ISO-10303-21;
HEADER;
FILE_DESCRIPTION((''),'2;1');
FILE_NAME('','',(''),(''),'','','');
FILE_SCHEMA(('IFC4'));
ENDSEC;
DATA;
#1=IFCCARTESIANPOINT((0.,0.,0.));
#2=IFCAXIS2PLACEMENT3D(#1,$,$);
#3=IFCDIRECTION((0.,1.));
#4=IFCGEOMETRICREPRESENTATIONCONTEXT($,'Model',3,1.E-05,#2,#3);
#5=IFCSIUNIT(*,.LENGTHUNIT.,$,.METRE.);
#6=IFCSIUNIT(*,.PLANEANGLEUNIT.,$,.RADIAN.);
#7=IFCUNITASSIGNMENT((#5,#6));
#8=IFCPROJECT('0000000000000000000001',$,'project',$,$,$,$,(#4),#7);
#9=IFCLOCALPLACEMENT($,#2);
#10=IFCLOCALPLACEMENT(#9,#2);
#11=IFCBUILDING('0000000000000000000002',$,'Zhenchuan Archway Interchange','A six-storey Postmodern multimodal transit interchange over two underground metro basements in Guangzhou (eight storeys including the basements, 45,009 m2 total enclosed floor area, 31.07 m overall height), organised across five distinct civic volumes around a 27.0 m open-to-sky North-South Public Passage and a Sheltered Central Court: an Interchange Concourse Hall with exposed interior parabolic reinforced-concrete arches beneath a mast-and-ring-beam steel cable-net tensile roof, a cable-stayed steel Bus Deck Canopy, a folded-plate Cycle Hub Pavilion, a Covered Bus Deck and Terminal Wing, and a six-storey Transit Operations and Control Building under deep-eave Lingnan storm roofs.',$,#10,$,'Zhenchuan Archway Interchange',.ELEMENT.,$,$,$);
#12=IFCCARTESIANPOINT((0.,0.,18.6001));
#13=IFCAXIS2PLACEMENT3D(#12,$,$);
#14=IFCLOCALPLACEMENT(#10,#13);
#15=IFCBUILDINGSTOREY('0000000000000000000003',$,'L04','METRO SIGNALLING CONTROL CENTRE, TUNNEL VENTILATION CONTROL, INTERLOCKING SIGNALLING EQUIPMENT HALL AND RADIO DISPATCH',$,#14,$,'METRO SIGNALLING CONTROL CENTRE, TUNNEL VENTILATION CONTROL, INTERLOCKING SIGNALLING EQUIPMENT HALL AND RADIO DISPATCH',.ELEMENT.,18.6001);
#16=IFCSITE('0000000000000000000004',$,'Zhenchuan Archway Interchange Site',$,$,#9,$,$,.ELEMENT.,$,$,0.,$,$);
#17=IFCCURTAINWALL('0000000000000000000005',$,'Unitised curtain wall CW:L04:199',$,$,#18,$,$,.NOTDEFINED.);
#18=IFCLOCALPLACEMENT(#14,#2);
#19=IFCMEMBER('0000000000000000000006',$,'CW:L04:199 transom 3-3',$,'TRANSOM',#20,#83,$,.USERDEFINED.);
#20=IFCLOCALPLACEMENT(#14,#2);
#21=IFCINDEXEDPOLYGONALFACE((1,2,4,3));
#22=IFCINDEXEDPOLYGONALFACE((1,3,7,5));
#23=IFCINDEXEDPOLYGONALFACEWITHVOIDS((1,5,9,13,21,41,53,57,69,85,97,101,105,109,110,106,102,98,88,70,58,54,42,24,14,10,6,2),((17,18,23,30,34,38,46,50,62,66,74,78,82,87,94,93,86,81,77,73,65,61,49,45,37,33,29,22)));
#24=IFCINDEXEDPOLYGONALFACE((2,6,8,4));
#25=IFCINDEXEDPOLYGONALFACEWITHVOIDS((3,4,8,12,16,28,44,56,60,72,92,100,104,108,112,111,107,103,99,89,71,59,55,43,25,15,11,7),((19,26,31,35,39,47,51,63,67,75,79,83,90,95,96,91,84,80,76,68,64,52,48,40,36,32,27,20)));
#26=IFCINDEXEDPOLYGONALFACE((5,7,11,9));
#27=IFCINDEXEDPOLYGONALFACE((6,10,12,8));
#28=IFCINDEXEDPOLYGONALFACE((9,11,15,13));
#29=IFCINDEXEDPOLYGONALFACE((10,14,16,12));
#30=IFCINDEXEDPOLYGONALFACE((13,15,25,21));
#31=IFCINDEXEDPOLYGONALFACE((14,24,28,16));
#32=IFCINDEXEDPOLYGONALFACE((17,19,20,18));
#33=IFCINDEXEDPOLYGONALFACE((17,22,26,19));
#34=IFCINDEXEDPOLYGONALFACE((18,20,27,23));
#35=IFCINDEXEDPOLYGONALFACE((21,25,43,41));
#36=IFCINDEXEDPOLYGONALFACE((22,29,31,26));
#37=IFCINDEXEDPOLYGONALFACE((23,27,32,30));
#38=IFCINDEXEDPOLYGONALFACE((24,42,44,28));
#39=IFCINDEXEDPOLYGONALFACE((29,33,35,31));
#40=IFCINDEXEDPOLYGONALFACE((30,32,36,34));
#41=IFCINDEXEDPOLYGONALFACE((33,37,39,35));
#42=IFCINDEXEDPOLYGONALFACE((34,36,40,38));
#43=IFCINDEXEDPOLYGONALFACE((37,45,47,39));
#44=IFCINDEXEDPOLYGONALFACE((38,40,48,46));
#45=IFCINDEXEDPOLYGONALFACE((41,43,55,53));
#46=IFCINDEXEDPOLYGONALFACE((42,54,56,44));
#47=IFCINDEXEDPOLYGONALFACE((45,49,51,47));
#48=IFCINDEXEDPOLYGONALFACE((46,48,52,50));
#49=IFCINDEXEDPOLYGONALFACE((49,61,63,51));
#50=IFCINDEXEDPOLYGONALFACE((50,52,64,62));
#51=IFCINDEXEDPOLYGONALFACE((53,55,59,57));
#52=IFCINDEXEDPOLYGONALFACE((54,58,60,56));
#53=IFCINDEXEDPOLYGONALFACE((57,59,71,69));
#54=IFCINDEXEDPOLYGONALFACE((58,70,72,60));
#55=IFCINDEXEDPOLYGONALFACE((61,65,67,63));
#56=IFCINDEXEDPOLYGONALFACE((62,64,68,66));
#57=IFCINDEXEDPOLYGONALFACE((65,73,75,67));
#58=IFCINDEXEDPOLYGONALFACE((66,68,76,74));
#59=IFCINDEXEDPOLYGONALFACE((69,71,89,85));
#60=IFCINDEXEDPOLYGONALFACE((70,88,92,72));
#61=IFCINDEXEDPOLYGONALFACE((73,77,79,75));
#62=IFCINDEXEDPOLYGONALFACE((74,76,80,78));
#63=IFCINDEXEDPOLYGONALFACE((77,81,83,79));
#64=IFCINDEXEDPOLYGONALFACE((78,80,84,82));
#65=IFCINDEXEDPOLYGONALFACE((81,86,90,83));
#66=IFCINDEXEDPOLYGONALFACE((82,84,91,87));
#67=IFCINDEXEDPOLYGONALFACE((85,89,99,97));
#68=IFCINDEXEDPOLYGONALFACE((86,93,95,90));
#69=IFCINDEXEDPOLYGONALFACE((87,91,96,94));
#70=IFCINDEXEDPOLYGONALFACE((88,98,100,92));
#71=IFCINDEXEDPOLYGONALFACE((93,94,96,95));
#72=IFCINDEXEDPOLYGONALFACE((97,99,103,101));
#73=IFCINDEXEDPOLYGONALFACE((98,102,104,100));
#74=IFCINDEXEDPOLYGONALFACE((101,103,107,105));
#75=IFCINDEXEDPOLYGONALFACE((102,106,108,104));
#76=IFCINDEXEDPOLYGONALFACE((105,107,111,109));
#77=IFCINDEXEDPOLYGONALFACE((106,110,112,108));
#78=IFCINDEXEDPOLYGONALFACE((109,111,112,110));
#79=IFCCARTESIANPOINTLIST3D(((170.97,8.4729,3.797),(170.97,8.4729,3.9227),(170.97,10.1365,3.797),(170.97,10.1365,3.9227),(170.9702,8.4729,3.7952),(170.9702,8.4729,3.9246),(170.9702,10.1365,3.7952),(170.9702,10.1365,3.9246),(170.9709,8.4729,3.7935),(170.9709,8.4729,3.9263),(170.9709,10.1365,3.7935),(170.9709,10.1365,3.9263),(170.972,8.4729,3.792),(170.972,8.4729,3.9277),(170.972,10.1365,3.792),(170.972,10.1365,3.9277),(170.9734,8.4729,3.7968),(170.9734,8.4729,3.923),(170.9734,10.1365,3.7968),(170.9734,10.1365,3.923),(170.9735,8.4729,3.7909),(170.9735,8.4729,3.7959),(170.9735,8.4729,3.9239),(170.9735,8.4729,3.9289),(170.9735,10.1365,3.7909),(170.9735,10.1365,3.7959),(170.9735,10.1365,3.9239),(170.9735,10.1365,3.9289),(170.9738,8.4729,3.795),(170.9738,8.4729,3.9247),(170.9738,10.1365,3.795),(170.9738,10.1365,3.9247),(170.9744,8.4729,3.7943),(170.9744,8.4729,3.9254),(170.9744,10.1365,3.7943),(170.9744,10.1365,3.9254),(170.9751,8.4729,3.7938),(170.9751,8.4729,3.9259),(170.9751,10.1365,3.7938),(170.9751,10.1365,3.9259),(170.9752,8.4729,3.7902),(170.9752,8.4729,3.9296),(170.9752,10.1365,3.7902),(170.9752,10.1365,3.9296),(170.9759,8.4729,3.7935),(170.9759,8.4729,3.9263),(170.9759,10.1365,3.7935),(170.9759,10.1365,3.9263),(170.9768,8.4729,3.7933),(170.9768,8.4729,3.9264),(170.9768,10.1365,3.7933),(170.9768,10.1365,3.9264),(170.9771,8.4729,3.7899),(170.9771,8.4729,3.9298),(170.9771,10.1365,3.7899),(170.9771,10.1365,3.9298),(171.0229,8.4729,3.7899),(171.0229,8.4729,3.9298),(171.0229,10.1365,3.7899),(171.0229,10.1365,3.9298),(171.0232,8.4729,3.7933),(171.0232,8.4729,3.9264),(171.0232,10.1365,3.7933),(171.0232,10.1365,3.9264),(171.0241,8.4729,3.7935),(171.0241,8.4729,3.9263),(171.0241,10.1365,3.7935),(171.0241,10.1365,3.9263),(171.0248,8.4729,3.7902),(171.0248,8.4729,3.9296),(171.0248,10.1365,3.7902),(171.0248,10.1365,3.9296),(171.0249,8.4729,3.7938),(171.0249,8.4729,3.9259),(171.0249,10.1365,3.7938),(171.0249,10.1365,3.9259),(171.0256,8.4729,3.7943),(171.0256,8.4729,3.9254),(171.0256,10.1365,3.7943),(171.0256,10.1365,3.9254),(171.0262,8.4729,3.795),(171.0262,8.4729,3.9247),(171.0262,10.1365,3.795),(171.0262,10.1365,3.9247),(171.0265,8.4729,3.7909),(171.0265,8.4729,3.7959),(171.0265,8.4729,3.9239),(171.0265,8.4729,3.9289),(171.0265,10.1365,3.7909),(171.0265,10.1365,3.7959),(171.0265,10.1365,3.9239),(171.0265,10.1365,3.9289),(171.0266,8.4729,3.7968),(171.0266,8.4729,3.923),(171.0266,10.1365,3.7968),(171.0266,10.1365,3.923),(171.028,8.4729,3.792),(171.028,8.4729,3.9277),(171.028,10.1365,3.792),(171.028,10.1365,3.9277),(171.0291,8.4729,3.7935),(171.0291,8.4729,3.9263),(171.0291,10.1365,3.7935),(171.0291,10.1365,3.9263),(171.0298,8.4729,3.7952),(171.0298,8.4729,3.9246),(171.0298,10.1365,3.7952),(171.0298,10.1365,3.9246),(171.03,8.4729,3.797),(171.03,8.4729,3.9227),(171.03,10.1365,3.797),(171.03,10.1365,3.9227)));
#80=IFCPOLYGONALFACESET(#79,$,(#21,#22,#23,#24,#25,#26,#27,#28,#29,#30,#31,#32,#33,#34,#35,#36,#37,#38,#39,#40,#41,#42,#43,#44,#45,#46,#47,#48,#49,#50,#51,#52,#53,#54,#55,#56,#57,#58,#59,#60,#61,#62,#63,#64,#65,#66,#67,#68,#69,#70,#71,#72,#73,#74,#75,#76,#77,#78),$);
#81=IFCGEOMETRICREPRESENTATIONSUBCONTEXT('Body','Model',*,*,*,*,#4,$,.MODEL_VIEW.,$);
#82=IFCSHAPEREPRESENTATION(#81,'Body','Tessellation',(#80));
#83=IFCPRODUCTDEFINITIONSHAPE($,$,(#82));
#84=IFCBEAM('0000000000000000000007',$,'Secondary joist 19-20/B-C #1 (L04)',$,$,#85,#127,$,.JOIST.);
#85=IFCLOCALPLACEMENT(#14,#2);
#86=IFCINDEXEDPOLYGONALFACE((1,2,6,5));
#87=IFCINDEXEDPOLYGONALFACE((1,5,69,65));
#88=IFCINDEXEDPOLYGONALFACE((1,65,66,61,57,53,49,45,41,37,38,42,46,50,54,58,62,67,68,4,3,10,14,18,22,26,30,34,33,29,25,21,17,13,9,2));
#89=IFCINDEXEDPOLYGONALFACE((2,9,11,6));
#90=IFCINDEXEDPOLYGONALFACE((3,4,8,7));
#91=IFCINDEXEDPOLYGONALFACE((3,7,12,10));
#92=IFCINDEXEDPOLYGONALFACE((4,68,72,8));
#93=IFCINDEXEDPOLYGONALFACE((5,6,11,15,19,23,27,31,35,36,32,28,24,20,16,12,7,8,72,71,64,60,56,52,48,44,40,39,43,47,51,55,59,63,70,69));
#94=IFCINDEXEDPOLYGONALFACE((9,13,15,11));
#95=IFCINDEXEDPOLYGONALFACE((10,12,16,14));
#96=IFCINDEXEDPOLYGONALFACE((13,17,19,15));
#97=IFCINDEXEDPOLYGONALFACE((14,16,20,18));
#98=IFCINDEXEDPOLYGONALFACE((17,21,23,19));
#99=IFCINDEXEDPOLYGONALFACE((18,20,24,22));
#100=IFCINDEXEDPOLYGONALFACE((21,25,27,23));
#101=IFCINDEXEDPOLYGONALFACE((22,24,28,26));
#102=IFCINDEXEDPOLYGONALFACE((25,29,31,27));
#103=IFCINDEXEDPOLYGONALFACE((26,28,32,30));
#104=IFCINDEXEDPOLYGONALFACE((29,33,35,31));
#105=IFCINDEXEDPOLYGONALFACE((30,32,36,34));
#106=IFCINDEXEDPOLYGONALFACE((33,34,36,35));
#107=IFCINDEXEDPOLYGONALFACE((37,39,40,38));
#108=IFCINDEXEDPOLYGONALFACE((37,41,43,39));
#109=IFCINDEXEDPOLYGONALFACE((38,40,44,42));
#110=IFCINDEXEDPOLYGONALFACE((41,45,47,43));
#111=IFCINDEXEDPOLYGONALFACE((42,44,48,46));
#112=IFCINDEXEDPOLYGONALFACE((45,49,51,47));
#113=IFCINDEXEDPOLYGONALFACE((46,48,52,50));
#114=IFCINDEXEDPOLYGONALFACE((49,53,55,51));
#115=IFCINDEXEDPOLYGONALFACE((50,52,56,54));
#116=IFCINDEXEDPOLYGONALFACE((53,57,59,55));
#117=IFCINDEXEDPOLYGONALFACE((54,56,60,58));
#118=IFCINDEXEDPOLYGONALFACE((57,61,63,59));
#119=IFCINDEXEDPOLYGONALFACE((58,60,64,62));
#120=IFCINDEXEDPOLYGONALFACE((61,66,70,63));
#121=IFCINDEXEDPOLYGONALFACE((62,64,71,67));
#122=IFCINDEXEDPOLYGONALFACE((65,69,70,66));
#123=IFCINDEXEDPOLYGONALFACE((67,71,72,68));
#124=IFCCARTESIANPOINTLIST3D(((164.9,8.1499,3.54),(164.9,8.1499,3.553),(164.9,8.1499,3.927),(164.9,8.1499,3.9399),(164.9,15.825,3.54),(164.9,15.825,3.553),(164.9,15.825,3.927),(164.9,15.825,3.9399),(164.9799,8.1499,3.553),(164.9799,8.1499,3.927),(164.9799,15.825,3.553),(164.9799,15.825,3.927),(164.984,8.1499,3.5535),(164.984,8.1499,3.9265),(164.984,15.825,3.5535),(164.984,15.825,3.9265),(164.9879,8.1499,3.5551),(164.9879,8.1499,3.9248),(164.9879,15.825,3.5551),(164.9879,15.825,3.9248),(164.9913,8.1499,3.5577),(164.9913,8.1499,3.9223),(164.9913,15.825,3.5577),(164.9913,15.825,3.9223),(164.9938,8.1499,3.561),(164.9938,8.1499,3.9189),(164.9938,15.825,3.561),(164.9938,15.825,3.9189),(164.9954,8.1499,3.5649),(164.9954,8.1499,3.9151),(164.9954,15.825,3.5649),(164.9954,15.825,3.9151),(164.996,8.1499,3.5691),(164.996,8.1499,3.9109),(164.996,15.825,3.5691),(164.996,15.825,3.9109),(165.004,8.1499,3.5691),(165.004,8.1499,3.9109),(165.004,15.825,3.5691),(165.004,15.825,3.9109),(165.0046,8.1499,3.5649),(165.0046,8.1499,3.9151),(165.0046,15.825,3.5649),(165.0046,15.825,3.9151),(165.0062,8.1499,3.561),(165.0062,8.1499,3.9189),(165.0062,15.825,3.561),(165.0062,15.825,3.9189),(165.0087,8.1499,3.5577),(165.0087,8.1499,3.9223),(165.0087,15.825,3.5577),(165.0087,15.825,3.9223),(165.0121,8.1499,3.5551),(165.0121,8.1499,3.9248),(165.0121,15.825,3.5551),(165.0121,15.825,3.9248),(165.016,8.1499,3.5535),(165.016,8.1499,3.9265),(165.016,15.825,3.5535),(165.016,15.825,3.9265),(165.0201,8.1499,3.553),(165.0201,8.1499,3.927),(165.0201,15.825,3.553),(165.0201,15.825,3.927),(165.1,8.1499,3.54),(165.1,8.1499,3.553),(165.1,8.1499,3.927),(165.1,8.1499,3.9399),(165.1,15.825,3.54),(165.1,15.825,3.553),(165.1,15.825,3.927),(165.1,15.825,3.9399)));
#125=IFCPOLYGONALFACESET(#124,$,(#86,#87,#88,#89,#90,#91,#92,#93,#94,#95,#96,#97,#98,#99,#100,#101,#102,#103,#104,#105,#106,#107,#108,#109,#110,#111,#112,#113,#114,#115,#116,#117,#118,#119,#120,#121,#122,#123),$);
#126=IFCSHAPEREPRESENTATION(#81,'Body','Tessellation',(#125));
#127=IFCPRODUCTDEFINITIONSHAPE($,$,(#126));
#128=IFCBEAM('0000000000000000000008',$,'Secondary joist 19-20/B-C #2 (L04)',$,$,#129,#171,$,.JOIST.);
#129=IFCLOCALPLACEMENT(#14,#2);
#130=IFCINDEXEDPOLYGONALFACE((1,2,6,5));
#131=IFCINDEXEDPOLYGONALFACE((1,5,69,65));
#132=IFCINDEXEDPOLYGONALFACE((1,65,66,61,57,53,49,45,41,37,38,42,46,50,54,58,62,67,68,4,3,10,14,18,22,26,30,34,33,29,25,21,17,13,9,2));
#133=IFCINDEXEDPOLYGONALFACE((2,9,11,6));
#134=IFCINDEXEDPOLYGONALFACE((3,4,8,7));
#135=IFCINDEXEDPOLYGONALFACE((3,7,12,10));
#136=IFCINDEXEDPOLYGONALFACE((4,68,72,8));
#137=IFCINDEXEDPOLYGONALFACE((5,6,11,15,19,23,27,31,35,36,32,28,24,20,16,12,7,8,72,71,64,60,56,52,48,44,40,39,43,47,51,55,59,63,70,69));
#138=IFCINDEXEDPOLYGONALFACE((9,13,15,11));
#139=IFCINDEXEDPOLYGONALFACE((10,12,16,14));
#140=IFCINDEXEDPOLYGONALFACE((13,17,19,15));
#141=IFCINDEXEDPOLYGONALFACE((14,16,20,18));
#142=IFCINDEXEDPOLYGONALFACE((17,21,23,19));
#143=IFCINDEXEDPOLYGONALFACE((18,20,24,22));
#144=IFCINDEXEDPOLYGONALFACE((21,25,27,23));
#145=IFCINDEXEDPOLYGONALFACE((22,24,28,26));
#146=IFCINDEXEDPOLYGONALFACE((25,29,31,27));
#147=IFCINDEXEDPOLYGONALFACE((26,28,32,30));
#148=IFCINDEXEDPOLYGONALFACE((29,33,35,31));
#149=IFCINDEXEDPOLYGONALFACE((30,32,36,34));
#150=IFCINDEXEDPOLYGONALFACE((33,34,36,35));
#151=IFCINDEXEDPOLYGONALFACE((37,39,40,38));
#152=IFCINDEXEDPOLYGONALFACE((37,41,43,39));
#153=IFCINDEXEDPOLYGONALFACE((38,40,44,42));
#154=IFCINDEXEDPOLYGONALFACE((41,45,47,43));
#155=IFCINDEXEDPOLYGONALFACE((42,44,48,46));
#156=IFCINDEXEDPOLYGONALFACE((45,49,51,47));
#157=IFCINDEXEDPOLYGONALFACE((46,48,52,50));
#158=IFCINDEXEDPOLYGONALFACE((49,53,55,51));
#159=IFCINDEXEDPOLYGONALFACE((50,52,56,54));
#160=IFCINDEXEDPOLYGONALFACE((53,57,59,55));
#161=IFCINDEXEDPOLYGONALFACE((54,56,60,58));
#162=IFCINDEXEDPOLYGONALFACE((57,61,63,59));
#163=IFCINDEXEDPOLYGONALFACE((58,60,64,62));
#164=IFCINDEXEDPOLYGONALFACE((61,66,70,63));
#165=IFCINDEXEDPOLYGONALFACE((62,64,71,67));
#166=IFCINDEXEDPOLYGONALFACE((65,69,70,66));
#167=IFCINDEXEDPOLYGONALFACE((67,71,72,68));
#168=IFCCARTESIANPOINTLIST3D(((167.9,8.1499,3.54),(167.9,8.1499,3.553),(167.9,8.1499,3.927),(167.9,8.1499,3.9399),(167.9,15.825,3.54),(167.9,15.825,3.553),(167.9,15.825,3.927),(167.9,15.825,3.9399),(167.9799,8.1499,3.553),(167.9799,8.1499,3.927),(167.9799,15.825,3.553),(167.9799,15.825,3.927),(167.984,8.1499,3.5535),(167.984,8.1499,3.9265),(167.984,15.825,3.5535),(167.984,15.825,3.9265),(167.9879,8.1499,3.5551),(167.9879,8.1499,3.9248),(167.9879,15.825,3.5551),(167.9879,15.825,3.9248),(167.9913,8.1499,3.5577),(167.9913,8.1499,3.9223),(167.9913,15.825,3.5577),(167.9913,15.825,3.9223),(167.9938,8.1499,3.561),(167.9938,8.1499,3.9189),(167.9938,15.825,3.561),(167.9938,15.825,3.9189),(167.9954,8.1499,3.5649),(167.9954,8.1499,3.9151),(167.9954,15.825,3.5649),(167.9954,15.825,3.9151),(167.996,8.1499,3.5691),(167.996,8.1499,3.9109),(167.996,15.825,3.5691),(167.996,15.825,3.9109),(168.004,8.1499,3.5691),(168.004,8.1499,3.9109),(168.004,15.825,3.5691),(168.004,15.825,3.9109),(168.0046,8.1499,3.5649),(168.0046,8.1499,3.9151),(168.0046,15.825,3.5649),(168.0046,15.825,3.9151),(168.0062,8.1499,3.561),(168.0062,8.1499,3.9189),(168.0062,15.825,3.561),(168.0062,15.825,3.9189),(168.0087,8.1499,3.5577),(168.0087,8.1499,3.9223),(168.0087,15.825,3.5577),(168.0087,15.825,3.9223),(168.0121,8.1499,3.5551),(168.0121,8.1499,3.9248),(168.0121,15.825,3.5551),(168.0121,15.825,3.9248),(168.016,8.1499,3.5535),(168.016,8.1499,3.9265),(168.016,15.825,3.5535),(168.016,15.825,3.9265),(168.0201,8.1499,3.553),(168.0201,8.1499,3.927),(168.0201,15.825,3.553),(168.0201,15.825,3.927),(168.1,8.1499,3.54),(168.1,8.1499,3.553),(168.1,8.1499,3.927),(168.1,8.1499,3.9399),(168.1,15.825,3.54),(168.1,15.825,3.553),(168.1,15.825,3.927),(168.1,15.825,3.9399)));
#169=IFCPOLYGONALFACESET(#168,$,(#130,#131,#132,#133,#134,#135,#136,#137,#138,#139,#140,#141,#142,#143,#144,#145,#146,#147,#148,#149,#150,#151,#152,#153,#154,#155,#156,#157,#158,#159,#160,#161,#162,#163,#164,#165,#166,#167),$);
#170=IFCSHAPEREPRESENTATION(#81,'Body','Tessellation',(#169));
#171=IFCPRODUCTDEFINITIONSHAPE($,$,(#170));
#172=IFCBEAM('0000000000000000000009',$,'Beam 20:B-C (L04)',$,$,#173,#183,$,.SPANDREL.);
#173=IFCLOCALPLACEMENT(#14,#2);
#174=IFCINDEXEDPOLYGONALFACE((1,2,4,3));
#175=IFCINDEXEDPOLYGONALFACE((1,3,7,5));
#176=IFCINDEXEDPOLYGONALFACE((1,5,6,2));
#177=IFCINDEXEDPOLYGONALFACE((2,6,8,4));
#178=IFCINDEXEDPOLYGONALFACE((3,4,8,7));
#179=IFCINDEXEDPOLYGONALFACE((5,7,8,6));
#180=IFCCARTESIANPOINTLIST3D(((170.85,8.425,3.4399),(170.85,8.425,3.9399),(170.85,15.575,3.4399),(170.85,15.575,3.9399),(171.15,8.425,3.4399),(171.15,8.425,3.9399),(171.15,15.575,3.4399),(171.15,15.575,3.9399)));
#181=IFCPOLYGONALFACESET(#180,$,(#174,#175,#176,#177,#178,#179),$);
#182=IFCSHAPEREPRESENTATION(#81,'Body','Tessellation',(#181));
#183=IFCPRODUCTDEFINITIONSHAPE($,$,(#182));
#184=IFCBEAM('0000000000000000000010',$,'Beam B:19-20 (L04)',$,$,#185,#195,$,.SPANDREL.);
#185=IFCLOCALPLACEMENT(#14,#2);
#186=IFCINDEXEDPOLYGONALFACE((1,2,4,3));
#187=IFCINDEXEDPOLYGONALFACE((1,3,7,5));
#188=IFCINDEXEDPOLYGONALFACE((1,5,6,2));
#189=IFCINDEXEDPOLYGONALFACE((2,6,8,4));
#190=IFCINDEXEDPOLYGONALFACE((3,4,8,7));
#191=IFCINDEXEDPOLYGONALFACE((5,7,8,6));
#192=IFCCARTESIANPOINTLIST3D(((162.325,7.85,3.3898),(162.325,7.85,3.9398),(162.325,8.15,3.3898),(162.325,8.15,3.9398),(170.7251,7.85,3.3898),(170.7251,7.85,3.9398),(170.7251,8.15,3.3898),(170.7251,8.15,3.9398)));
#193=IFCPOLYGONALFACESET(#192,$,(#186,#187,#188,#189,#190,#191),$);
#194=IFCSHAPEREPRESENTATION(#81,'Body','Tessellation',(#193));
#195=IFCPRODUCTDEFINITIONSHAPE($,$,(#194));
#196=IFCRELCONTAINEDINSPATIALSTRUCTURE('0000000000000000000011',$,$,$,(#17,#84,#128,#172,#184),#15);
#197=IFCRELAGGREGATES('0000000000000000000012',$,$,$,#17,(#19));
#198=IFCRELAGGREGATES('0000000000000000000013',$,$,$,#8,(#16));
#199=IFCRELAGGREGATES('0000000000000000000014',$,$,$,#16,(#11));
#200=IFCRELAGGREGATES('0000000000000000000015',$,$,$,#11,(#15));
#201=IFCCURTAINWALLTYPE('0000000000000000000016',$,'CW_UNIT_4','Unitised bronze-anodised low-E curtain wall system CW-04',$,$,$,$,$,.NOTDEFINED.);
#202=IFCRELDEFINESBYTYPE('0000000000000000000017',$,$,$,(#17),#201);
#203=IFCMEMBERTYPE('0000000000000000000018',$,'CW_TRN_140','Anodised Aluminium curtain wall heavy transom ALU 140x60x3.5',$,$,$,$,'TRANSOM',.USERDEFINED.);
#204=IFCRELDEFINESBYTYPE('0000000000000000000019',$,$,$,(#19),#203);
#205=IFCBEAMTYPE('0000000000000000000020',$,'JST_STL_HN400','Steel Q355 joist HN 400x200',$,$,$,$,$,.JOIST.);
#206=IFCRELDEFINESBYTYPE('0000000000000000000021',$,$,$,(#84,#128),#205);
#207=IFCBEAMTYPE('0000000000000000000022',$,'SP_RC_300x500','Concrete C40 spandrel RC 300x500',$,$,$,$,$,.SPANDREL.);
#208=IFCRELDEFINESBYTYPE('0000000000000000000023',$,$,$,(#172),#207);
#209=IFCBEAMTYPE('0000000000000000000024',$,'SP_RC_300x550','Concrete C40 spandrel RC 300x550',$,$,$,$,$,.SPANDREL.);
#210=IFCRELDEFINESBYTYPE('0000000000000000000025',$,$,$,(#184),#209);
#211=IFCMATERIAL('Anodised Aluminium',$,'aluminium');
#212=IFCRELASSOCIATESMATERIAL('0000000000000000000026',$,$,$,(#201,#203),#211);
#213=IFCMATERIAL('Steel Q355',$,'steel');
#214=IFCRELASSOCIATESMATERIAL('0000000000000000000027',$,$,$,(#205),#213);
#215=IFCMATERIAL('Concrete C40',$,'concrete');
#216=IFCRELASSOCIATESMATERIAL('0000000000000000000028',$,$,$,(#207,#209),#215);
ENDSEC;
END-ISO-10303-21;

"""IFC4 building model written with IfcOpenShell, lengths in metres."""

from ifc_helpers import new_model, si_unit, direction, frame, origin, origin_2d, place, context, subcontext, project, spatial, rectangle, hollow_rectangle, i_section, extrude, material, material_profile, profile_set, type_object, element, aggregate, save


model = new_model("IFC4")

# Units and contexts
model_context = context("Model", 3, precision=1e-05, world=origin(), true_north=direction((0.0, 1.0)))
body_context = subcontext(model_context, "Body", "Model", "MODEL_VIEW")
ifc_project = project(units=[si_unit("LENGTHUNIT", "METRE"), si_unit("PLANEANGLEUNIT", "RADIAN")], contexts=[model_context])

# Site, building, storey
site_placement = place(None, origin())
site = spatial("IfcSite", under=ifc_project, at=site_placement, Name="Zhenchuan Archway Interchange Site", CompositionType="ELEMENT", RefElevation=0.0)
building_placement = place(site_placement, origin())
building = spatial("IfcBuilding", under=site, at=building_placement, Name="Zhenchuan Archway Interchange", Description="A six-storey Postmodern multimodal transit interchange over two underground metro basements in Guangzhou (eight storeys including the basements, 45,009 m2 total enclosed floor area, 31.07 m overall height), organised across five distinct civic volumes around a 27.0 m open-to-sky North-South Public Passage and a Sheltered Central Court: an Interchange Concourse Hall with exposed interior parabolic reinforced-concrete arches beneath a mast-and-ring-beam steel cable-net tensile roof, a cable-stayed steel Bus Deck Canopy, a folded-plate Cycle Hub Pavilion, a Covered Bus Deck and Terminal Wing, and a six-storey Transit Operations and Control Building under deep-eave Lingnan storm roofs.", LongName="Zhenchuan Archway Interchange", CompositionType="ELEMENT")
storey_placement = place(building_placement, frame((0.0, 0.0, 18.6001)))
storey = spatial("IfcBuildingStorey", under=building, at=storey_placement, Name="L04", Description="METRO SIGNALLING CONTROL CENTRE, TUNNEL VENTILATION CONTROL, INTERLOCKING SIGNALLING EQUIPMENT HALL AND RADIO DISPATCH", LongName="METRO SIGNALLING CONTROL CENTRE, TUNNEL VENTILATION CONTROL, INTERLOCKING SIGNALLING EQUIPMENT HALL AND RADIO DISPATCH", CompositionType="ELEMENT", Elevation=18.6001)

# Shared definitions
ifc_material_1 = material(Name="Concrete C40", Category="concrete")

# Curtain wall, member
ifc_material_2 = material(Name="Anodised Aluminium", Category="aluminium")
curtain_wall_type = type_object("IfcCurtainWallType", Name="CW_UNIT_4", Description="Unitised bronze-anodised low-E curtain wall system CW-04", PredefinedType="NOTDEFINED", material=ifc_material_2)
curtain_wall_placement = place(storey_placement, origin())
curtain_wall = element("IfcCurtainWall", 1, at=curtain_wall_placement, inside=storey, type_object=curtain_wall_type, Name="Unitised curtain wall CW:L04:199", PredefinedType="NOTDEFINED")
ifc_material_profile_1 = material_profile(ifc_material_2, hollow_rectangle(XDim=0.0601, YDim=0.1399, WallThickness=0.0034, InnerFilletRadius=0.0034, OuterFilletRadius=0.0071, at=origin_2d()), Name="ALU 140x60x3.5")
ifc_profile_set_1 = profile_set([ifc_material_profile_1], Name="Anodised Aluminium")
member_type_1 = type_object("IfcMemberType", Name="CW_TRN_140", Description="Anodised Aluminium curtain wall heavy transom ALU 140x60x3.5", ElementType="TRANSOM", PredefinedType="USERDEFINED", material=ifc_profile_set_1)
member_1_placement = place(storey_placement, frame((171.0, 10.1365, 3.8599), z_axis=(0.0, -1.0, 0.0), x_axis=(1.0, 0.0, 0.0)))
member_1 = element("IfcMember", 2, at=member_1_placement, type_object=member_type_1, Name="CW:L04:199 transom 3-3", ObjectType="TRANSOM", PredefinedType="USERDEFINED", context=body_context, shape_type="SweptSolid", body=[
    extrude(hollow_rectangle(XDim=0.0601, YDim=0.1399, WallThickness=0.0034, InnerFilletRadius=0.0034, OuterFilletRadius=0.0071, at=origin_2d()), origin(), (0.0, 0.0, 1.0), 1.6636),
])

# Beams
ifc_material_3 = material(Name="Steel Q355", Category="steel")
ifc_material_profile_2 = material_profile(ifc_material_3, i_section(OverallWidth=0.2, OverallDepth=0.3999, WebThickness=0.0081, FlangeThickness=0.0129, FilletRadius=0.0161, at=origin_2d()), Name="HN 400x200")
ifc_profile_set_2 = profile_set([ifc_material_profile_2], Name="Steel Q355")
beam_type_1 = type_object("IfcBeamType", Name="JST_STL_HN400", Description="Steel Q355 joist HN 400x200", PredefinedType="JOIST", material=ifc_profile_set_2)
for number, where, z_axis, x_axis, name in (
    (3, (165.0, 8.1499, 3.74), (0.0, 1.0, 0.0), (-1.0, 0.0, 0.0), "Secondary joist 19-20/B-C #1 (L04)"),
    (4, (168.0, 8.1499, 3.74), (0.0, 1.0, 0.0), (-1.0, 0.0, 0.0), "Secondary joist 19-20/B-C #2 (L04)"),
):
    element("IfcBeam", number, at=place(storey_placement, frame(where, z_axis=z_axis, x_axis=x_axis)), inside=storey, type_object=beam_type_1, Name=name, PredefinedType="JOIST", context=body_context, shape_type="SweptSolid", body=[
        extrude(i_section(OverallWidth=0.2, OverallDepth=0.3999, WebThickness=0.0081, FlangeThickness=0.0129, FilletRadius=0.0161, at=origin_2d()), origin(), (0.0, 0.0, 1.0), 7.675),
    ])
ifc_material_profile_3 = material_profile(ifc_material_1, rectangle(XDim=0.3, YDim=0.5, at=origin_2d()), Name="RC 300x500")
ifc_profile_set_3 = profile_set([ifc_material_profile_3], Name="Concrete C40")
beam_type_2 = type_object("IfcBeamType", Name="SP_RC_300x500", Description="Concrete C40 spandrel RC 300x500", PredefinedType="SPANDREL", material=ifc_profile_set_3)
beam_1_placement = place(storey_placement, frame((171.0, 8.425, 3.6899), z_axis=(0.0, 1.0, 0.0), x_axis=(-1.0, 0.0, 0.0)))
element("IfcBeam", 5, at=beam_1_placement, inside=storey, type_object=beam_type_2, Name="Beam 20:B-C (L04)", PredefinedType="SPANDREL", context=body_context, shape_type="SweptSolid", body=[
    extrude(rectangle(XDim=0.3, YDim=0.5, at=origin_2d()), origin(), (0.0, 0.0, 1.0), 7.1499),
])
ifc_material_profile_4 = material_profile(ifc_material_1, rectangle(XDim=0.3, YDim=0.55, at=origin_2d()), Name="RC 300x550")
ifc_profile_set_4 = profile_set([ifc_material_profile_4], Name="Concrete C40")
beam_type_3 = type_object("IfcBeamType", Name="SP_RC_300x550", Description="Concrete C40 spandrel RC 300x550", PredefinedType="SPANDREL", material=ifc_profile_set_4)
beam_2_placement = place(storey_placement, frame((162.325, 8.0, 3.6648), z_axis=(1.0, 0.0, 0.0), x_axis=(0.0, 1.0, 0.0)))
element("IfcBeam", 6, at=beam_2_placement, inside=storey, type_object=beam_type_3, Name="Beam B:19-20 (L04)", PredefinedType="SPANDREL", context=body_context, shape_type="SweptSolid", body=[
    extrude(rectangle(XDim=0.3, YDim=0.55, at=origin_2d()), origin(), (0.0, 0.0, 1.0), 8.4001),
])

aggregate(curtain_wall, [member_1])

save(model, "model.ifc")
